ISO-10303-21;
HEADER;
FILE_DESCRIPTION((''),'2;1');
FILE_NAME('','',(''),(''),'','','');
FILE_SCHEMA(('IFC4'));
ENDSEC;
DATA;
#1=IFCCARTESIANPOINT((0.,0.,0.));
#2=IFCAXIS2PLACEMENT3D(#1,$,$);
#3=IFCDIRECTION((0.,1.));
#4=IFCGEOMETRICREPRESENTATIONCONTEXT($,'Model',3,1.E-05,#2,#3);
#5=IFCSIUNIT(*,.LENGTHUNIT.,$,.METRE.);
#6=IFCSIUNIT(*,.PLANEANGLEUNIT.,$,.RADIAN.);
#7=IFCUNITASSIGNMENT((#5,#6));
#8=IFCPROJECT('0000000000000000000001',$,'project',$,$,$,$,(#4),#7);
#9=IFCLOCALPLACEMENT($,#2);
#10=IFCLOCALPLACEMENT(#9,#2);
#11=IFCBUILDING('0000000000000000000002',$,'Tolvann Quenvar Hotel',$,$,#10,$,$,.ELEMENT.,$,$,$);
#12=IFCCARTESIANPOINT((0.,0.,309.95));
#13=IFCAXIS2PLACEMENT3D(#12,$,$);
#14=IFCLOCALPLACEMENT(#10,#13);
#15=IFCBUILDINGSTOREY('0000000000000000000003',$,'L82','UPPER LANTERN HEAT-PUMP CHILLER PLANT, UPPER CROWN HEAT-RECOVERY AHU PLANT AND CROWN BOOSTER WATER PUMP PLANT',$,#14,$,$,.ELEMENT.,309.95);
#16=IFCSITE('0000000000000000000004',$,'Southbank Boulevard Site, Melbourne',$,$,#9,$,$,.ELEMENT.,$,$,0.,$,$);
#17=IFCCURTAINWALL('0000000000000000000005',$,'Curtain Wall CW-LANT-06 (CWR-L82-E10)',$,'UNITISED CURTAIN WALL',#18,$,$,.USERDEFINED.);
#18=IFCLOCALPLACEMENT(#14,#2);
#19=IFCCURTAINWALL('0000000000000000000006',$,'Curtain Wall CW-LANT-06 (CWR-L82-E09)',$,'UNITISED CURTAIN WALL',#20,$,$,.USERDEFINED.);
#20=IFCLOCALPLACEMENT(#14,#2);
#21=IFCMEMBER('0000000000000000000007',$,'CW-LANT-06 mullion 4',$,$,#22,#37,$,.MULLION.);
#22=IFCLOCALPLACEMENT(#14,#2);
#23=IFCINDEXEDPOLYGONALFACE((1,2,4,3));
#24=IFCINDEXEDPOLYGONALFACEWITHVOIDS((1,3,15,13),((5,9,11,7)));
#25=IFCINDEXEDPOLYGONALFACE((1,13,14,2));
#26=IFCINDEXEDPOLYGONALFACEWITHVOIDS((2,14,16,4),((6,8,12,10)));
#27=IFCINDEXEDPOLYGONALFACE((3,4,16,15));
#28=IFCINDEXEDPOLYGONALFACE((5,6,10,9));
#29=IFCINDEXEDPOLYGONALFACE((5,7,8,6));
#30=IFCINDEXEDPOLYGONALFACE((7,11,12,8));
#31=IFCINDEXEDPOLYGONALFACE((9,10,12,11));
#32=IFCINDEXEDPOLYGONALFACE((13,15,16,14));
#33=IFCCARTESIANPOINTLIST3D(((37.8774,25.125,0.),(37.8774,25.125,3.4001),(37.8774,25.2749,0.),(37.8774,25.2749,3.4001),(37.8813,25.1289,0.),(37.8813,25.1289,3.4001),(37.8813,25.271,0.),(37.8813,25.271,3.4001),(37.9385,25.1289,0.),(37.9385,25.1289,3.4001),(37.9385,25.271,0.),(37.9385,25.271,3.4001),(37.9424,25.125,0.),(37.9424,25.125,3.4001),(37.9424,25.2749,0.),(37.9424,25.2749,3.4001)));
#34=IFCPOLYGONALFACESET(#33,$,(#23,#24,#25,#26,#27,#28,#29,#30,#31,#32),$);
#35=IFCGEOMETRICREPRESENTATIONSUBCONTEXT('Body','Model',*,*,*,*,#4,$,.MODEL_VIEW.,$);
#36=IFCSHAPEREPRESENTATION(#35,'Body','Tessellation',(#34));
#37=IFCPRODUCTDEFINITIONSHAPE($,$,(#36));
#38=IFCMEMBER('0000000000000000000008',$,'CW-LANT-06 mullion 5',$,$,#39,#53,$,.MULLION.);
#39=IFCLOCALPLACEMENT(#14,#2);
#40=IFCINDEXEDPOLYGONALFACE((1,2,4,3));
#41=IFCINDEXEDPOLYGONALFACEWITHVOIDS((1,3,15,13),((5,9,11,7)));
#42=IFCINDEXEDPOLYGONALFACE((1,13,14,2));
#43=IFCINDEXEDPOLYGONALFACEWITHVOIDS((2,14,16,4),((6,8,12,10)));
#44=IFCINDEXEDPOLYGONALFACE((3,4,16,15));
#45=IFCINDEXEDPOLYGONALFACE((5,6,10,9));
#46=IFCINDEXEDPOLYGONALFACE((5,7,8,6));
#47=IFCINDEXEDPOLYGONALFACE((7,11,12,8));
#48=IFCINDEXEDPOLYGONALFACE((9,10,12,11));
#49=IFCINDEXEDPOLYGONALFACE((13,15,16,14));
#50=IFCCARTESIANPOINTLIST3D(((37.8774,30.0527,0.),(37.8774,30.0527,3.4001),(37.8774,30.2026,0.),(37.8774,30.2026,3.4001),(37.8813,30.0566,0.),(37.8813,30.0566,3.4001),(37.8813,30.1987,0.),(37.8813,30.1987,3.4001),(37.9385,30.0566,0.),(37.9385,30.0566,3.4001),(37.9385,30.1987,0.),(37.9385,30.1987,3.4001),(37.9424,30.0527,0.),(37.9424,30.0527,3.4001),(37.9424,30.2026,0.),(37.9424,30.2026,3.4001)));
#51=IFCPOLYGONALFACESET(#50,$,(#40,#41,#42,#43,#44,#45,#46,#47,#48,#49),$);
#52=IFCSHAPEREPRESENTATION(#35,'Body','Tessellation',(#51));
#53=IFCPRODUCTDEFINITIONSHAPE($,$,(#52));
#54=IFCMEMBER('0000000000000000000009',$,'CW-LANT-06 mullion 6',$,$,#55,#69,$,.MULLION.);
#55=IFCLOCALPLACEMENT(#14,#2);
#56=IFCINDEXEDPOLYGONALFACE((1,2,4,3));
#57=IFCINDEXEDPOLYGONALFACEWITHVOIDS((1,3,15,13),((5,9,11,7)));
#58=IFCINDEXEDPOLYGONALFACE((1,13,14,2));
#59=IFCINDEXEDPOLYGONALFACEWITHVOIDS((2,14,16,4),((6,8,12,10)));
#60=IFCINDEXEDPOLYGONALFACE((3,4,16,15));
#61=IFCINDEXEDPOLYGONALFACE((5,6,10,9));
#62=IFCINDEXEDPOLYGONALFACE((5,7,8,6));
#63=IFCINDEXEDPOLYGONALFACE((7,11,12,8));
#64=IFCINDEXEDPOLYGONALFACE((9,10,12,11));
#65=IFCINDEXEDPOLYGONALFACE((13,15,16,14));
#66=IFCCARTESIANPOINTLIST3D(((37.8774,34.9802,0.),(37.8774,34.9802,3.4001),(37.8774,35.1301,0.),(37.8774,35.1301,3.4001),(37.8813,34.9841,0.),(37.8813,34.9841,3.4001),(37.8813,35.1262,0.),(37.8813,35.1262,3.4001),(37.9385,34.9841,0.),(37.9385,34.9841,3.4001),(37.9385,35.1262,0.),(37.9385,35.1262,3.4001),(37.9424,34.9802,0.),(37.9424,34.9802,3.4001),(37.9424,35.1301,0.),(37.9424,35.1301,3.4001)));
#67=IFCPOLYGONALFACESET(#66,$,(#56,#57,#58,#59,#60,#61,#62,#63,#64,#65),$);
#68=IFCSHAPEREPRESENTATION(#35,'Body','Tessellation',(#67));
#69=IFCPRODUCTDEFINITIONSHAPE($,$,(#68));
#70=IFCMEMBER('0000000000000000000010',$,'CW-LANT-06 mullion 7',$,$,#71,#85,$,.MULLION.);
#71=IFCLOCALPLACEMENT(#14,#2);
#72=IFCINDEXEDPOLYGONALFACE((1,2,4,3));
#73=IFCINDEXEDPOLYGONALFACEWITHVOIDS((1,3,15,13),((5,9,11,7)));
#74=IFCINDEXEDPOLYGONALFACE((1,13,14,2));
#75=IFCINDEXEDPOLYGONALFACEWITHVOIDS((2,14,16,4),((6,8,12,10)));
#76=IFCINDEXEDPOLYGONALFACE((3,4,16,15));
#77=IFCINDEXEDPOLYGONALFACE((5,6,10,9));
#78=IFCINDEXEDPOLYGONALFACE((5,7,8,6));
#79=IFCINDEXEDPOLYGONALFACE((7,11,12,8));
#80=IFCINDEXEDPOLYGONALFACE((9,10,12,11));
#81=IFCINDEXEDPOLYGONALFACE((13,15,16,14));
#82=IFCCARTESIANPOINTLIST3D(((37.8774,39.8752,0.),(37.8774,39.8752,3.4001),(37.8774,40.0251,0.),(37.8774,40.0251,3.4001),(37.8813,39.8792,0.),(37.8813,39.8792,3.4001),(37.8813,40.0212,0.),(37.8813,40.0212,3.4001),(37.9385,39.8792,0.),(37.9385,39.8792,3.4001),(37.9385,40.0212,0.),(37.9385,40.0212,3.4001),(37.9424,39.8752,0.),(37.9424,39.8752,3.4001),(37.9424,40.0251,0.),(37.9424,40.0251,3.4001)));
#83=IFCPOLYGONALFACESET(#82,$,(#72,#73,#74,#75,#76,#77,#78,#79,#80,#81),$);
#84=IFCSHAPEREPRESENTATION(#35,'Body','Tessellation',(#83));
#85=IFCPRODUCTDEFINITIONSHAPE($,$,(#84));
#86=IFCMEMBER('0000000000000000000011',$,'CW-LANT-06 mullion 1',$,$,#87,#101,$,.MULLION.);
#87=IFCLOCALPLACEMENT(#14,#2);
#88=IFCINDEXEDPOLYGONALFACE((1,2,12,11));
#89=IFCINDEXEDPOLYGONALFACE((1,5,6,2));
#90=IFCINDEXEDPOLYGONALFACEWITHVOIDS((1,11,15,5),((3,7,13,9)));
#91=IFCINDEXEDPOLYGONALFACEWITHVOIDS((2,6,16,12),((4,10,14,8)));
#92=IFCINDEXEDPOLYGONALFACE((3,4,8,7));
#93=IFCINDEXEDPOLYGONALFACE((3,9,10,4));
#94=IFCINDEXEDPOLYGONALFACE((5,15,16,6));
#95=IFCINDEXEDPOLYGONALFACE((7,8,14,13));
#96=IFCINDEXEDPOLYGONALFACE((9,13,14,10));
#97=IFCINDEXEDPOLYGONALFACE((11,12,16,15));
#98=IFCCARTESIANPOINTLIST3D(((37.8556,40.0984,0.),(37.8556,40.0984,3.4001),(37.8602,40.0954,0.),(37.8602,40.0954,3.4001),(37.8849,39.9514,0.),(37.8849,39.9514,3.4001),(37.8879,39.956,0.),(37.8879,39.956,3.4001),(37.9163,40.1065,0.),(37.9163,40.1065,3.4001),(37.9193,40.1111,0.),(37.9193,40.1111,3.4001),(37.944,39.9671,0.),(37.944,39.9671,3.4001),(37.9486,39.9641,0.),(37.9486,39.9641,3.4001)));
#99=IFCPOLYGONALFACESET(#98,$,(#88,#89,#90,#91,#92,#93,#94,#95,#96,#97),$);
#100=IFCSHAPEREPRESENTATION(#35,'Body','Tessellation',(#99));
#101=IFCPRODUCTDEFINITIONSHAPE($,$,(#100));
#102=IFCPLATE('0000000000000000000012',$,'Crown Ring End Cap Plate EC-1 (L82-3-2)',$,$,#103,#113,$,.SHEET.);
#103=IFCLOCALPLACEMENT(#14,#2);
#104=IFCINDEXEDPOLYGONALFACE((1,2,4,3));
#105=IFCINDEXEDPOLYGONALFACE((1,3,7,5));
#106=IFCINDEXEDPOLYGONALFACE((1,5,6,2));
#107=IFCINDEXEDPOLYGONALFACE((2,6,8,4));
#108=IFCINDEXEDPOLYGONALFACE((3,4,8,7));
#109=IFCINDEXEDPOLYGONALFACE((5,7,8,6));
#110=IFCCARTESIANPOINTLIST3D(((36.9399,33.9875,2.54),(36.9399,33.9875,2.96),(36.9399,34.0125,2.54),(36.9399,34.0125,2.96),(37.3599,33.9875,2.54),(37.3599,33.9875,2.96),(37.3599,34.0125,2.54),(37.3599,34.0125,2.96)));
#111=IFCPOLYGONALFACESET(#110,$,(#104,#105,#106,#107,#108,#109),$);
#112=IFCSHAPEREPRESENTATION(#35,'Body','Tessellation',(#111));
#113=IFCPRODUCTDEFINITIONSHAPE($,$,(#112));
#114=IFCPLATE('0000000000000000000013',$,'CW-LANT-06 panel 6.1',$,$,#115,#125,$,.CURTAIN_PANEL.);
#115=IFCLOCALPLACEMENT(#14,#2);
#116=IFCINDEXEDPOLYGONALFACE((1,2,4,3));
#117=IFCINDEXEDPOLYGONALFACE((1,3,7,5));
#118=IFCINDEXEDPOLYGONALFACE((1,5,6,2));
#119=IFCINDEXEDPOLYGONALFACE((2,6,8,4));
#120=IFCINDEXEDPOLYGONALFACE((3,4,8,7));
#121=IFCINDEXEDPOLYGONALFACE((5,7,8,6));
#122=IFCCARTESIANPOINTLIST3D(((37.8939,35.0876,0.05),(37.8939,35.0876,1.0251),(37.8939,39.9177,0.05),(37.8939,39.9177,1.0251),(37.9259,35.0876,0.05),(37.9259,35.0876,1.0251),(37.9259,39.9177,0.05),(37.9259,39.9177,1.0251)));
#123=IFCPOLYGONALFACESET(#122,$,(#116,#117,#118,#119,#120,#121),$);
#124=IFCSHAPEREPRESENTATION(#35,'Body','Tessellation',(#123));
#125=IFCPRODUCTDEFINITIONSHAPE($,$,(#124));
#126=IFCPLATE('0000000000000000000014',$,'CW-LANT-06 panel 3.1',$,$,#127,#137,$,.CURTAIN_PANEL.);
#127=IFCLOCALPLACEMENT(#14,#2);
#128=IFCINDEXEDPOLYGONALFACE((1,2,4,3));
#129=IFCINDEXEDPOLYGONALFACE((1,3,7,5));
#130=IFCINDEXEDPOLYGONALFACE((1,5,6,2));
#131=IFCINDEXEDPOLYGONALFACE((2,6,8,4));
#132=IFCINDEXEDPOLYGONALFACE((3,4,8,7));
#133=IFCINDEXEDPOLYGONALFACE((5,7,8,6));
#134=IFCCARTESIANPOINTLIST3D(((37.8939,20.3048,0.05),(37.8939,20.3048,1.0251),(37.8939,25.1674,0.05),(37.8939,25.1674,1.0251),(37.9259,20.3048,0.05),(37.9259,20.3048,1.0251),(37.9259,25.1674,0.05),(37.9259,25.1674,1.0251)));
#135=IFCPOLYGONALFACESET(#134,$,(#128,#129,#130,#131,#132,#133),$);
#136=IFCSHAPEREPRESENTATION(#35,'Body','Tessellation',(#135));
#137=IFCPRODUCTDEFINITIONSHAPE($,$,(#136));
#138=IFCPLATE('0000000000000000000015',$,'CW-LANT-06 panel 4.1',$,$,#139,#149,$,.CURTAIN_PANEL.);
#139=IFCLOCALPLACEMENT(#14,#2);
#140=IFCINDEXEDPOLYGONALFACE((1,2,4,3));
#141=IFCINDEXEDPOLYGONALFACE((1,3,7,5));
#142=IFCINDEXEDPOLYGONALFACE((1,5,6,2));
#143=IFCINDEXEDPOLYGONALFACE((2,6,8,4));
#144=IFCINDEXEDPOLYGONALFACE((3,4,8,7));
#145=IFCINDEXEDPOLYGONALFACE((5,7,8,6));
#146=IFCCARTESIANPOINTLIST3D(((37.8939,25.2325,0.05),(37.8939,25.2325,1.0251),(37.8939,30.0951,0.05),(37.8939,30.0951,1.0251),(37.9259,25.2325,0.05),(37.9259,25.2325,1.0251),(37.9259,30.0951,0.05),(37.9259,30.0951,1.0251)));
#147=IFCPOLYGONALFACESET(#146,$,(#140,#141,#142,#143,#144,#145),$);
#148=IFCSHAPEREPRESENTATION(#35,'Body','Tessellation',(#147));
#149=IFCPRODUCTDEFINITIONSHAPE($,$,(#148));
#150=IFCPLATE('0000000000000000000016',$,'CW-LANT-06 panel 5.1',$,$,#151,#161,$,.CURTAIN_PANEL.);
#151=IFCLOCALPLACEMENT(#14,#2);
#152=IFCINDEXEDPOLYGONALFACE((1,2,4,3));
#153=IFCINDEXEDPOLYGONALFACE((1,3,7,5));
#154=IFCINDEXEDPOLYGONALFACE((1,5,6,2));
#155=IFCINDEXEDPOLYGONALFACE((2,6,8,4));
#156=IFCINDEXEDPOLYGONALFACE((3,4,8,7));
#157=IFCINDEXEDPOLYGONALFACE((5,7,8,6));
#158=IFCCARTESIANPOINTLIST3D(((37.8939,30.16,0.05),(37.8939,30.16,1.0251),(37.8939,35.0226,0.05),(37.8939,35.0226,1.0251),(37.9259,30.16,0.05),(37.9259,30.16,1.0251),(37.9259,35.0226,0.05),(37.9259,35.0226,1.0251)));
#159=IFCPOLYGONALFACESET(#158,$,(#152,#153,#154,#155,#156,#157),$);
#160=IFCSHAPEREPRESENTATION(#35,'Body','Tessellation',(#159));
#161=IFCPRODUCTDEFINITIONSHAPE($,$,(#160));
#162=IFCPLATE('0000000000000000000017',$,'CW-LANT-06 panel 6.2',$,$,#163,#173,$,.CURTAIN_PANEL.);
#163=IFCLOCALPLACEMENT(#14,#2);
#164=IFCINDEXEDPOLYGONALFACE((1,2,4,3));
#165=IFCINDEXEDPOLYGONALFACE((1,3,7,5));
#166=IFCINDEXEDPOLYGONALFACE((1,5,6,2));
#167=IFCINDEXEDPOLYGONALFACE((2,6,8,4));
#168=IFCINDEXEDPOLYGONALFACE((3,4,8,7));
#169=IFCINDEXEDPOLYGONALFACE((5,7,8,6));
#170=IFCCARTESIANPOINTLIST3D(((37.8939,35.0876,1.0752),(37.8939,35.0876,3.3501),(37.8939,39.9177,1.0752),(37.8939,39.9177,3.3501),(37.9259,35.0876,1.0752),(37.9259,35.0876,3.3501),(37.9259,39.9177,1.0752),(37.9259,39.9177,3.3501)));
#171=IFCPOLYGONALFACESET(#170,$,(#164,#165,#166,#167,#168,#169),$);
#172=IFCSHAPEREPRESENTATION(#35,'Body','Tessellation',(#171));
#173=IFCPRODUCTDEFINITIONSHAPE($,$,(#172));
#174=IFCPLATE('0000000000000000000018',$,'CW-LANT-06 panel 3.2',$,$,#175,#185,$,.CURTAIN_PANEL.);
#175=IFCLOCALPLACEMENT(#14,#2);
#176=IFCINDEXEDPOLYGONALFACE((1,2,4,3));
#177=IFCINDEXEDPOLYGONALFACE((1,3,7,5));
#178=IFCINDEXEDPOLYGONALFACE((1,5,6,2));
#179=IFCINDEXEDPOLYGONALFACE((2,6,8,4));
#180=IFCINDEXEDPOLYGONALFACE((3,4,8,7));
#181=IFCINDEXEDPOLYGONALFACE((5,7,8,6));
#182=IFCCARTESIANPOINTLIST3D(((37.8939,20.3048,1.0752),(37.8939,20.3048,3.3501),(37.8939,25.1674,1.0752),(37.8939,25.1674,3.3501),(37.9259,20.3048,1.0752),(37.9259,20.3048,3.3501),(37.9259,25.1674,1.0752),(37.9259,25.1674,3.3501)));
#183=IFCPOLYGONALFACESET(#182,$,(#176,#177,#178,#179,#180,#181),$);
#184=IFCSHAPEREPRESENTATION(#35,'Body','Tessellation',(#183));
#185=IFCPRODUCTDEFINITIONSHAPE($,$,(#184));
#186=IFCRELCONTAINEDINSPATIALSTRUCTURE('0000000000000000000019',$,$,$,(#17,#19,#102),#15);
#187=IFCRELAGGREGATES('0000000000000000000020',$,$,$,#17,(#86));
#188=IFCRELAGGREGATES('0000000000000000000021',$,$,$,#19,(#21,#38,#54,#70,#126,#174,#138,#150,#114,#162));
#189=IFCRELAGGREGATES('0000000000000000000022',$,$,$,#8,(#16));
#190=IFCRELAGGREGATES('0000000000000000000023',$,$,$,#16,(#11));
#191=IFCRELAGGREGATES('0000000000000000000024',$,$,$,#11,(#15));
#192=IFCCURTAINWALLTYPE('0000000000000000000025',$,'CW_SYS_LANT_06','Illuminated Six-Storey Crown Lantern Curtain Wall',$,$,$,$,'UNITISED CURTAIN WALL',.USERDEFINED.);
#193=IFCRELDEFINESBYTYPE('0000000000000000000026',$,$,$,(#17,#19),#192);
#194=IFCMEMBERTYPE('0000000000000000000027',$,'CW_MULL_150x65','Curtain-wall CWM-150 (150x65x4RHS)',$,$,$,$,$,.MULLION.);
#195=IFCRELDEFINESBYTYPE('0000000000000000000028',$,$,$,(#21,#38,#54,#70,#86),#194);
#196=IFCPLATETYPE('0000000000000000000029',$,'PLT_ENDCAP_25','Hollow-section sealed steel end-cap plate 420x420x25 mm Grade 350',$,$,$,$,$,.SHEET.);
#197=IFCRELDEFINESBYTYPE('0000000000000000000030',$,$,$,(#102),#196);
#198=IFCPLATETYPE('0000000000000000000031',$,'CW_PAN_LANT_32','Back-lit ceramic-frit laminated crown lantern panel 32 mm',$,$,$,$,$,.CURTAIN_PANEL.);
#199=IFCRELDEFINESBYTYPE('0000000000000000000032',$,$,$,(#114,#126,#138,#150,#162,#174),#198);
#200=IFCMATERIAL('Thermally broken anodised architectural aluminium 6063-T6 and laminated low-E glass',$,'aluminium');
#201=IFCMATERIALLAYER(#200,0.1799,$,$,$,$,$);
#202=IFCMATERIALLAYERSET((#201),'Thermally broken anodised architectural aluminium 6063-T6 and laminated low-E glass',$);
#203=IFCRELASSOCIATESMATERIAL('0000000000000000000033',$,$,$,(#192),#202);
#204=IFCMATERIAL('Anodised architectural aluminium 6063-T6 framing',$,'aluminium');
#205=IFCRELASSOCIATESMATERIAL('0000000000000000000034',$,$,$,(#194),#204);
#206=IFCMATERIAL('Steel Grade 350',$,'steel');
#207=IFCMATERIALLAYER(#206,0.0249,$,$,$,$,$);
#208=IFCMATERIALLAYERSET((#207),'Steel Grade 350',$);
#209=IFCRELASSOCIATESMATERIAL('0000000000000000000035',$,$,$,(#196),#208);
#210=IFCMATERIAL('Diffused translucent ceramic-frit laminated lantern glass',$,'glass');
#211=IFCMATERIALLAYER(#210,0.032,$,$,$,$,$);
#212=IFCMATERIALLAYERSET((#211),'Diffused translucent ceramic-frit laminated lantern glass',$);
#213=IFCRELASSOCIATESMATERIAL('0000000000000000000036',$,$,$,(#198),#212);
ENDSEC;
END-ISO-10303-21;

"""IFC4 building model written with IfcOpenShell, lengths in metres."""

from ifc_helpers import new_model, si_unit, direction, frame, origin, origin_2d, place, context, subcontext, project, spatial, rectangle, hollow_rectangle, extrude, source, transform, mapped, material, layer, layer_set, material_profile, profile_set, type_object, type_shapes, element, aggregate, save


model = new_model("IFC4")

# Units and contexts
model_context = context("Model", 3, precision=1e-05, world=origin(), true_north=direction((0.0, 1.0)))
body_context = subcontext(model_context, "Body", "Model", "MODEL_VIEW")
ifc_project = project(units=[si_unit("LENGTHUNIT", "METRE"), si_unit("PLANEANGLEUNIT", "RADIAN")], contexts=[model_context])

# Site, building, storey
site_placement = place(None, origin())
site = spatial("IfcSite", under=ifc_project, at=site_placement, Name="Southbank Boulevard Site, Melbourne", CompositionType="ELEMENT", RefElevation=0.0)
building_placement = place(site_placement, origin())
building = spatial("IfcBuilding", under=site, at=building_placement, Name="Tolvann Quenvar Hotel", CompositionType="ELEMENT")
storey_placement = place(building_placement, frame((0.0, 0.0, 309.95)))
storey = spatial("IfcBuildingStorey", under=building, at=storey_placement, Name="L82", Description="UPPER LANTERN HEAT-PUMP CHILLER PLANT, UPPER CROWN HEAT-RECOVERY AHU PLANT AND CROWN BOOSTER WATER PUMP PLANT", CompositionType="ELEMENT", Elevation=309.95)

# Curtain wall
ifc_material_1 = material(Name="Thermally broken anodised architectural aluminium 6063-T6 and laminated low-E glass", Category="aluminium")
ifc_layer_1 = layer(ifc_material_1, 0.1799)
ifc_layer_set_1 = layer_set([ifc_layer_1], Name="Thermally broken anodised architectural aluminium 6063-T6 and laminated low-E glass")
curtain_wall_type = type_object("IfcCurtainWallType", Name="CW_SYS_LANT_06", Description="Illuminated Six-Storey Crown Lantern Curtain Wall", ElementType="UNITISED CURTAIN WALL", PredefinedType="USERDEFINED", material=ifc_layer_set_1)
curtain_wall_1_placement = place(storey_placement, origin())
curtain_wall_1 = element("IfcCurtainWall", 1, at=curtain_wall_1_placement, inside=storey, type_object=curtain_wall_type, Name="Curtain Wall CW-LANT-06 (CWR-L82-E10)", ObjectType="UNITISED CURTAIN WALL", PredefinedType="USERDEFINED")
ifc_material_2 = material(Name="Anodised architectural aluminium 6063-T6 framing", Category="aluminium")

# Curtain wall, members
curtain_wall_2_placement = place(storey_placement, origin())
curtain_wall_2 = element("IfcCurtainWall", 2, at=curtain_wall_2_placement, inside=storey, type_object=curtain_wall_type, Name="Curtain Wall CW-LANT-06 (CWR-L82-E09)", ObjectType="UNITISED CURTAIN WALL", PredefinedType="USERDEFINED")
ifc_material_profile_1 = material_profile(ifc_material_2, hollow_rectangle(XDim=0.0649, YDim=0.1499, WallThickness=0.0039, at=origin_2d()), Name="150x65x4RHS")
ifc_profile_set_1 = profile_set([ifc_material_profile_1], Name="Anodised architectural aluminium 6063-T6 framing")
member_type_1 = type_object("IfcMemberType", Name="CW_MULL_150x65", Description="Curtain-wall CWM-150 (150x65x4RHS)", PredefinedType="MULLION", material=ifc_profile_set_1)
shared_shape_1 = source(origin(), body_context, "Body", "SweptSolid", [
    extrude(hollow_rectangle(XDim=0.0649, YDim=0.1499, WallThickness=0.0039, at=origin_2d()), origin(), (0.0, 0.0, 1.0), 3.4001),
])
type_shapes(member_type_1, [shared_shape_1])
member_1_placement = place(storey_placement, frame((37.9099, 25.2, 0.0), z_axis=(0.0, 0.0, 1.0), x_axis=(-1.0, 0.0, 0.0)))
member_1 = element("IfcMember", 3, at=member_1_placement, type_object=member_type_1, Name="CW-LANT-06 mullion 4", PredefinedType="MULLION", context=body_context, shape_type="MappedRepresentation", body=[
    mapped(shared_shape_1, transform((0.0, 0.0, 0.0), x_axis=(1.0, 0.0, 0.0), y_axis=(0.0, 1.0, 0.0), z_axis=(0.0, 0.0, 1.0), scale=1.0)),
])
member_2_placement = place(storey_placement, frame((37.9099, 30.1277, 0.0), z_axis=(0.0, 0.0, 1.0), x_axis=(-1.0, 0.0, 0.0)))
member_2 = element("IfcMember", 4, at=member_2_placement, type_object=member_type_1, Name="CW-LANT-06 mullion 5", PredefinedType="MULLION", context=body_context, shape_type="MappedRepresentation", body=[
    mapped(shared_shape_1, transform((0.0, 0.0, 0.0), x_axis=(1.0, 0.0, 0.0), y_axis=(0.0, 1.0, 0.0), z_axis=(0.0, 0.0, 1.0), scale=1.0)),
])
member_3_placement = place(storey_placement, frame((37.9099, 35.0552, 0.0), z_axis=(0.0, 0.0, 1.0), x_axis=(-1.0, 0.0, 0.0)))
member_3 = element("IfcMember", 5, at=member_3_placement, type_object=member_type_1, Name="CW-LANT-06 mullion 6", PredefinedType="MULLION", context=body_context, shape_type="MappedRepresentation", body=[
    mapped(shared_shape_1, transform((0.0, 0.0, 0.0), x_axis=(1.0, 0.0, 0.0), y_axis=(0.0, 1.0, 0.0), z_axis=(0.0, 0.0, 1.0), scale=1.0)),
])
member_4_placement = place(storey_placement, frame((37.9099, 39.9502, 0.0), z_axis=(0.0, 0.0, 1.0), x_axis=(-1.0, 0.0, 0.0)))
member_4 = element("IfcMember", 6, at=member_4_placement, type_object=member_type_1, Name="CW-LANT-06 mullion 7", PredefinedType="MULLION", context=body_context, shape_type="MappedRepresentation", body=[
    mapped(shared_shape_1, transform((0.0, 0.0, 0.0), x_axis=(1.0, 0.0, 0.0), y_axis=(0.0, 1.0, 0.0), z_axis=(0.0, 0.0, 1.0), scale=1.0)),
])

# Member
member_5_placement = place(storey_placement, frame((37.9021, 40.0312, 0.0), z_axis=(0.0, 0.0, 1.0), x_axis=(-0.980791, -0.195062, 0.0)))
member_5 = element("IfcMember", 7, at=member_5_placement, type_object=member_type_1, Name="CW-LANT-06 mullion 1", PredefinedType="MULLION", context=body_context, shape_type="MappedRepresentation", body=[
    mapped(shared_shape_1, transform((0.0, 0.0, 0.0), x_axis=(1.0, 0.0, 0.0), y_axis=(0.0, 1.0, 0.0), z_axis=(0.0, 0.0, 1.0), scale=1.0)),
])
aggregate(curtain_wall_1, [member_5])

# Plates
ifc_material_3 = material(Name="Steel Grade 350", Category="steel")
ifc_layer_2 = layer(ifc_material_3, 0.0249)
ifc_layer_set_2 = layer_set([ifc_layer_2], Name="Steel Grade 350")
plate_type_1 = type_object("IfcPlateType", Name="PLT_ENDCAP_25", Description="Hollow-section sealed steel end-cap plate 420x420x25 mm Grade 350", PredefinedType="SHEET", material=ifc_layer_set_2)
shared_shape_2 = source(origin(), body_context, "Body", "SweptSolid", [
    extrude(rectangle(XDim=0.4199, YDim=0.0249, at=origin_2d()), origin(), (0.0, 0.0, 1.0), 0.4199),
])
type_shapes(plate_type_1, [shared_shape_2])
plate_1_placement = place(storey_placement, frame((37.1499, 34.0, 2.54), z_axis=(0.0, 0.0, 1.0), x_axis=(1.0, 0.0, 0.0)))
element("IfcPlate", 8, at=plate_1_placement, inside=storey, type_object=plate_type_1, Name="Crown Ring End Cap Plate EC-1 (L82-3-2)", PredefinedType="SHEET", context=body_context, shape_type="MappedRepresentation", body=[
    mapped(shared_shape_2, transform((0.0, 0.0, 0.0), x_axis=(1.0, 0.0, 0.0), y_axis=(0.0, 1.0, 0.0), z_axis=(0.0, 0.0, 1.0), scale=1.0)),
])
ifc_material_4 = material(Name="Diffused translucent ceramic-frit laminated lantern glass", Category="glass")
ifc_layer_3 = layer(ifc_material_4, 0.032)
ifc_layer_set_3 = layer_set([ifc_layer_3], Name="Diffused translucent ceramic-frit laminated lantern glass")
plate_type_2 = type_object("IfcPlateType", Name="CW_PAN_LANT_32", Description="Back-lit ceramic-frit laminated crown lantern panel 32 mm", PredefinedType="CURTAIN_PANEL", material=ifc_layer_set_3)
shared_shape_3 = source(origin(), body_context, "Body", "SweptSolid", [
    extrude(rectangle(XDim=4.8301, YDim=0.032, at=origin_2d()), origin(), (0.0, 0.0, 1.0), 0.9751),
])
plate_2_placement = place(storey_placement, frame((37.9099, 37.5027, 0.05), z_axis=(0.0, 0.0, 1.0), x_axis=(0.0, 1.0, 0.0)))
plate_2 = element("IfcPlate", 9, at=plate_2_placement, type_object=plate_type_2, Name="CW-LANT-06 panel 6.1", PredefinedType="CURTAIN_PANEL", context=body_context, shape_type="MappedRepresentation", body=[
    mapped(shared_shape_3, transform((0.0, 0.0, 0.0), x_axis=(1.0, 0.0, 0.0), y_axis=(0.0, 1.0, 0.0), z_axis=(0.0, 0.0, 1.0), scale=1.0)),
])
shared_shape_4 = source(origin(), body_context, "Body", "SweptSolid", [
    extrude(rectangle(XDim=4.8625, YDim=0.032, at=origin_2d()), origin(), (0.0, 0.0, 1.0), 0.9751),
])
plate_3_placement = place(storey_placement, frame((37.9099, 22.7361, 0.05), z_axis=(0.0, 0.0, 1.0), x_axis=(0.0, 1.0, 0.0)))
plate_3 = element("IfcPlate", 10, at=plate_3_placement, type_object=plate_type_2, Name="CW-LANT-06 panel 3.1", PredefinedType="CURTAIN_PANEL", context=body_context, shape_type="MappedRepresentation", body=[
    mapped(shared_shape_4, transform((0.0, 0.0, 0.0), x_axis=(1.0, 0.0, 0.0), y_axis=(0.0, 1.0, 0.0), z_axis=(0.0, 0.0, 1.0), scale=1.0)),
])
plate_4_placement = place(storey_placement, frame((37.9099, 27.6638, 0.05), z_axis=(0.0, 0.0, 1.0), x_axis=(0.0, 1.0, 0.0)))
plate_4 = element("IfcPlate", 11, at=plate_4_placement, type_object=plate_type_2, Name="CW-LANT-06 panel 4.1", PredefinedType="CURTAIN_PANEL", context=body_context, shape_type="MappedRepresentation", body=[
    mapped(shared_shape_4, transform((0.0, 0.0, 0.0), x_axis=(1.0, 0.0, 0.0), y_axis=(0.0, 1.0, 0.0), z_axis=(0.0, 0.0, 1.0), scale=1.0)),
])
plate_5_placement = place(storey_placement, frame((37.9099, 32.5913, 0.05), z_axis=(0.0, 0.0, 1.0), x_axis=(0.0, 1.0, 0.0)))
plate_5 = element("IfcPlate", 12, at=plate_5_placement, type_object=plate_type_2, Name="CW-LANT-06 panel 5.1", PredefinedType="CURTAIN_PANEL", context=body_context, shape_type="MappedRepresentation", body=[
    mapped(shared_shape_4, transform((0.0, 0.0, 0.0), x_axis=(1.0, 0.0, 0.0), y_axis=(0.0, 1.0, 0.0), z_axis=(0.0, 0.0, 1.0), scale=1.0)),
])
shared_shape_5 = source(origin(), body_context, "Body", "SweptSolid", [
    extrude(rectangle(XDim=4.8301, YDim=0.032, at=origin_2d()), origin(), (0.0, 0.0, 1.0), 2.2749),
])
plate_6_placement = place(storey_placement, frame((37.9099, 37.5027, 1.0752), z_axis=(0.0, 0.0, 1.0), x_axis=(0.0, 1.0, 0.0)))
plate_6 = element("IfcPlate", 13, at=plate_6_placement, type_object=plate_type_2, Name="CW-LANT-06 panel 6.2", PredefinedType="CURTAIN_PANEL", context=body_context, shape_type="MappedRepresentation", body=[
    mapped(shared_shape_5, transform((0.0, 0.0, 0.0), x_axis=(1.0, 0.0, 0.0), y_axis=(0.0, 1.0, 0.0), z_axis=(0.0, 0.0, 1.0), scale=1.0)),
])
shared_shape_6 = source(origin(), body_context, "Body", "SweptSolid", [
    extrude(rectangle(XDim=4.8625, YDim=0.032, at=origin_2d()), origin(), (0.0, 0.0, 1.0), 2.2749),
])
type_shapes(plate_type_2, [shared_shape_3, shared_shape_4, shared_shape_5, shared_shape_6])
plate_7_placement = place(storey_placement, frame((37.9099, 22.7361, 1.0752), z_axis=(0.0, 0.0, 1.0), x_axis=(0.0, 1.0, 0.0)))
plate_7 = element("IfcPlate", 14, at=plate_7_placement, type_object=plate_type_2, Name="CW-LANT-06 panel 3.2", PredefinedType="CURTAIN_PANEL", context=body_context, shape_type="MappedRepresentation", body=[
    mapped(shared_shape_6, transform((0.0, 0.0, 0.0), x_axis=(1.0, 0.0, 0.0), y_axis=(0.0, 1.0, 0.0), z_axis=(0.0, 0.0, 1.0), scale=1.0)),
])
aggregate(curtain_wall_2, [member_1, member_2, member_3, member_4, plate_3, plate_7, plate_4, plate_5, plate_2, plate_6])

save(model, "model.ifc")
